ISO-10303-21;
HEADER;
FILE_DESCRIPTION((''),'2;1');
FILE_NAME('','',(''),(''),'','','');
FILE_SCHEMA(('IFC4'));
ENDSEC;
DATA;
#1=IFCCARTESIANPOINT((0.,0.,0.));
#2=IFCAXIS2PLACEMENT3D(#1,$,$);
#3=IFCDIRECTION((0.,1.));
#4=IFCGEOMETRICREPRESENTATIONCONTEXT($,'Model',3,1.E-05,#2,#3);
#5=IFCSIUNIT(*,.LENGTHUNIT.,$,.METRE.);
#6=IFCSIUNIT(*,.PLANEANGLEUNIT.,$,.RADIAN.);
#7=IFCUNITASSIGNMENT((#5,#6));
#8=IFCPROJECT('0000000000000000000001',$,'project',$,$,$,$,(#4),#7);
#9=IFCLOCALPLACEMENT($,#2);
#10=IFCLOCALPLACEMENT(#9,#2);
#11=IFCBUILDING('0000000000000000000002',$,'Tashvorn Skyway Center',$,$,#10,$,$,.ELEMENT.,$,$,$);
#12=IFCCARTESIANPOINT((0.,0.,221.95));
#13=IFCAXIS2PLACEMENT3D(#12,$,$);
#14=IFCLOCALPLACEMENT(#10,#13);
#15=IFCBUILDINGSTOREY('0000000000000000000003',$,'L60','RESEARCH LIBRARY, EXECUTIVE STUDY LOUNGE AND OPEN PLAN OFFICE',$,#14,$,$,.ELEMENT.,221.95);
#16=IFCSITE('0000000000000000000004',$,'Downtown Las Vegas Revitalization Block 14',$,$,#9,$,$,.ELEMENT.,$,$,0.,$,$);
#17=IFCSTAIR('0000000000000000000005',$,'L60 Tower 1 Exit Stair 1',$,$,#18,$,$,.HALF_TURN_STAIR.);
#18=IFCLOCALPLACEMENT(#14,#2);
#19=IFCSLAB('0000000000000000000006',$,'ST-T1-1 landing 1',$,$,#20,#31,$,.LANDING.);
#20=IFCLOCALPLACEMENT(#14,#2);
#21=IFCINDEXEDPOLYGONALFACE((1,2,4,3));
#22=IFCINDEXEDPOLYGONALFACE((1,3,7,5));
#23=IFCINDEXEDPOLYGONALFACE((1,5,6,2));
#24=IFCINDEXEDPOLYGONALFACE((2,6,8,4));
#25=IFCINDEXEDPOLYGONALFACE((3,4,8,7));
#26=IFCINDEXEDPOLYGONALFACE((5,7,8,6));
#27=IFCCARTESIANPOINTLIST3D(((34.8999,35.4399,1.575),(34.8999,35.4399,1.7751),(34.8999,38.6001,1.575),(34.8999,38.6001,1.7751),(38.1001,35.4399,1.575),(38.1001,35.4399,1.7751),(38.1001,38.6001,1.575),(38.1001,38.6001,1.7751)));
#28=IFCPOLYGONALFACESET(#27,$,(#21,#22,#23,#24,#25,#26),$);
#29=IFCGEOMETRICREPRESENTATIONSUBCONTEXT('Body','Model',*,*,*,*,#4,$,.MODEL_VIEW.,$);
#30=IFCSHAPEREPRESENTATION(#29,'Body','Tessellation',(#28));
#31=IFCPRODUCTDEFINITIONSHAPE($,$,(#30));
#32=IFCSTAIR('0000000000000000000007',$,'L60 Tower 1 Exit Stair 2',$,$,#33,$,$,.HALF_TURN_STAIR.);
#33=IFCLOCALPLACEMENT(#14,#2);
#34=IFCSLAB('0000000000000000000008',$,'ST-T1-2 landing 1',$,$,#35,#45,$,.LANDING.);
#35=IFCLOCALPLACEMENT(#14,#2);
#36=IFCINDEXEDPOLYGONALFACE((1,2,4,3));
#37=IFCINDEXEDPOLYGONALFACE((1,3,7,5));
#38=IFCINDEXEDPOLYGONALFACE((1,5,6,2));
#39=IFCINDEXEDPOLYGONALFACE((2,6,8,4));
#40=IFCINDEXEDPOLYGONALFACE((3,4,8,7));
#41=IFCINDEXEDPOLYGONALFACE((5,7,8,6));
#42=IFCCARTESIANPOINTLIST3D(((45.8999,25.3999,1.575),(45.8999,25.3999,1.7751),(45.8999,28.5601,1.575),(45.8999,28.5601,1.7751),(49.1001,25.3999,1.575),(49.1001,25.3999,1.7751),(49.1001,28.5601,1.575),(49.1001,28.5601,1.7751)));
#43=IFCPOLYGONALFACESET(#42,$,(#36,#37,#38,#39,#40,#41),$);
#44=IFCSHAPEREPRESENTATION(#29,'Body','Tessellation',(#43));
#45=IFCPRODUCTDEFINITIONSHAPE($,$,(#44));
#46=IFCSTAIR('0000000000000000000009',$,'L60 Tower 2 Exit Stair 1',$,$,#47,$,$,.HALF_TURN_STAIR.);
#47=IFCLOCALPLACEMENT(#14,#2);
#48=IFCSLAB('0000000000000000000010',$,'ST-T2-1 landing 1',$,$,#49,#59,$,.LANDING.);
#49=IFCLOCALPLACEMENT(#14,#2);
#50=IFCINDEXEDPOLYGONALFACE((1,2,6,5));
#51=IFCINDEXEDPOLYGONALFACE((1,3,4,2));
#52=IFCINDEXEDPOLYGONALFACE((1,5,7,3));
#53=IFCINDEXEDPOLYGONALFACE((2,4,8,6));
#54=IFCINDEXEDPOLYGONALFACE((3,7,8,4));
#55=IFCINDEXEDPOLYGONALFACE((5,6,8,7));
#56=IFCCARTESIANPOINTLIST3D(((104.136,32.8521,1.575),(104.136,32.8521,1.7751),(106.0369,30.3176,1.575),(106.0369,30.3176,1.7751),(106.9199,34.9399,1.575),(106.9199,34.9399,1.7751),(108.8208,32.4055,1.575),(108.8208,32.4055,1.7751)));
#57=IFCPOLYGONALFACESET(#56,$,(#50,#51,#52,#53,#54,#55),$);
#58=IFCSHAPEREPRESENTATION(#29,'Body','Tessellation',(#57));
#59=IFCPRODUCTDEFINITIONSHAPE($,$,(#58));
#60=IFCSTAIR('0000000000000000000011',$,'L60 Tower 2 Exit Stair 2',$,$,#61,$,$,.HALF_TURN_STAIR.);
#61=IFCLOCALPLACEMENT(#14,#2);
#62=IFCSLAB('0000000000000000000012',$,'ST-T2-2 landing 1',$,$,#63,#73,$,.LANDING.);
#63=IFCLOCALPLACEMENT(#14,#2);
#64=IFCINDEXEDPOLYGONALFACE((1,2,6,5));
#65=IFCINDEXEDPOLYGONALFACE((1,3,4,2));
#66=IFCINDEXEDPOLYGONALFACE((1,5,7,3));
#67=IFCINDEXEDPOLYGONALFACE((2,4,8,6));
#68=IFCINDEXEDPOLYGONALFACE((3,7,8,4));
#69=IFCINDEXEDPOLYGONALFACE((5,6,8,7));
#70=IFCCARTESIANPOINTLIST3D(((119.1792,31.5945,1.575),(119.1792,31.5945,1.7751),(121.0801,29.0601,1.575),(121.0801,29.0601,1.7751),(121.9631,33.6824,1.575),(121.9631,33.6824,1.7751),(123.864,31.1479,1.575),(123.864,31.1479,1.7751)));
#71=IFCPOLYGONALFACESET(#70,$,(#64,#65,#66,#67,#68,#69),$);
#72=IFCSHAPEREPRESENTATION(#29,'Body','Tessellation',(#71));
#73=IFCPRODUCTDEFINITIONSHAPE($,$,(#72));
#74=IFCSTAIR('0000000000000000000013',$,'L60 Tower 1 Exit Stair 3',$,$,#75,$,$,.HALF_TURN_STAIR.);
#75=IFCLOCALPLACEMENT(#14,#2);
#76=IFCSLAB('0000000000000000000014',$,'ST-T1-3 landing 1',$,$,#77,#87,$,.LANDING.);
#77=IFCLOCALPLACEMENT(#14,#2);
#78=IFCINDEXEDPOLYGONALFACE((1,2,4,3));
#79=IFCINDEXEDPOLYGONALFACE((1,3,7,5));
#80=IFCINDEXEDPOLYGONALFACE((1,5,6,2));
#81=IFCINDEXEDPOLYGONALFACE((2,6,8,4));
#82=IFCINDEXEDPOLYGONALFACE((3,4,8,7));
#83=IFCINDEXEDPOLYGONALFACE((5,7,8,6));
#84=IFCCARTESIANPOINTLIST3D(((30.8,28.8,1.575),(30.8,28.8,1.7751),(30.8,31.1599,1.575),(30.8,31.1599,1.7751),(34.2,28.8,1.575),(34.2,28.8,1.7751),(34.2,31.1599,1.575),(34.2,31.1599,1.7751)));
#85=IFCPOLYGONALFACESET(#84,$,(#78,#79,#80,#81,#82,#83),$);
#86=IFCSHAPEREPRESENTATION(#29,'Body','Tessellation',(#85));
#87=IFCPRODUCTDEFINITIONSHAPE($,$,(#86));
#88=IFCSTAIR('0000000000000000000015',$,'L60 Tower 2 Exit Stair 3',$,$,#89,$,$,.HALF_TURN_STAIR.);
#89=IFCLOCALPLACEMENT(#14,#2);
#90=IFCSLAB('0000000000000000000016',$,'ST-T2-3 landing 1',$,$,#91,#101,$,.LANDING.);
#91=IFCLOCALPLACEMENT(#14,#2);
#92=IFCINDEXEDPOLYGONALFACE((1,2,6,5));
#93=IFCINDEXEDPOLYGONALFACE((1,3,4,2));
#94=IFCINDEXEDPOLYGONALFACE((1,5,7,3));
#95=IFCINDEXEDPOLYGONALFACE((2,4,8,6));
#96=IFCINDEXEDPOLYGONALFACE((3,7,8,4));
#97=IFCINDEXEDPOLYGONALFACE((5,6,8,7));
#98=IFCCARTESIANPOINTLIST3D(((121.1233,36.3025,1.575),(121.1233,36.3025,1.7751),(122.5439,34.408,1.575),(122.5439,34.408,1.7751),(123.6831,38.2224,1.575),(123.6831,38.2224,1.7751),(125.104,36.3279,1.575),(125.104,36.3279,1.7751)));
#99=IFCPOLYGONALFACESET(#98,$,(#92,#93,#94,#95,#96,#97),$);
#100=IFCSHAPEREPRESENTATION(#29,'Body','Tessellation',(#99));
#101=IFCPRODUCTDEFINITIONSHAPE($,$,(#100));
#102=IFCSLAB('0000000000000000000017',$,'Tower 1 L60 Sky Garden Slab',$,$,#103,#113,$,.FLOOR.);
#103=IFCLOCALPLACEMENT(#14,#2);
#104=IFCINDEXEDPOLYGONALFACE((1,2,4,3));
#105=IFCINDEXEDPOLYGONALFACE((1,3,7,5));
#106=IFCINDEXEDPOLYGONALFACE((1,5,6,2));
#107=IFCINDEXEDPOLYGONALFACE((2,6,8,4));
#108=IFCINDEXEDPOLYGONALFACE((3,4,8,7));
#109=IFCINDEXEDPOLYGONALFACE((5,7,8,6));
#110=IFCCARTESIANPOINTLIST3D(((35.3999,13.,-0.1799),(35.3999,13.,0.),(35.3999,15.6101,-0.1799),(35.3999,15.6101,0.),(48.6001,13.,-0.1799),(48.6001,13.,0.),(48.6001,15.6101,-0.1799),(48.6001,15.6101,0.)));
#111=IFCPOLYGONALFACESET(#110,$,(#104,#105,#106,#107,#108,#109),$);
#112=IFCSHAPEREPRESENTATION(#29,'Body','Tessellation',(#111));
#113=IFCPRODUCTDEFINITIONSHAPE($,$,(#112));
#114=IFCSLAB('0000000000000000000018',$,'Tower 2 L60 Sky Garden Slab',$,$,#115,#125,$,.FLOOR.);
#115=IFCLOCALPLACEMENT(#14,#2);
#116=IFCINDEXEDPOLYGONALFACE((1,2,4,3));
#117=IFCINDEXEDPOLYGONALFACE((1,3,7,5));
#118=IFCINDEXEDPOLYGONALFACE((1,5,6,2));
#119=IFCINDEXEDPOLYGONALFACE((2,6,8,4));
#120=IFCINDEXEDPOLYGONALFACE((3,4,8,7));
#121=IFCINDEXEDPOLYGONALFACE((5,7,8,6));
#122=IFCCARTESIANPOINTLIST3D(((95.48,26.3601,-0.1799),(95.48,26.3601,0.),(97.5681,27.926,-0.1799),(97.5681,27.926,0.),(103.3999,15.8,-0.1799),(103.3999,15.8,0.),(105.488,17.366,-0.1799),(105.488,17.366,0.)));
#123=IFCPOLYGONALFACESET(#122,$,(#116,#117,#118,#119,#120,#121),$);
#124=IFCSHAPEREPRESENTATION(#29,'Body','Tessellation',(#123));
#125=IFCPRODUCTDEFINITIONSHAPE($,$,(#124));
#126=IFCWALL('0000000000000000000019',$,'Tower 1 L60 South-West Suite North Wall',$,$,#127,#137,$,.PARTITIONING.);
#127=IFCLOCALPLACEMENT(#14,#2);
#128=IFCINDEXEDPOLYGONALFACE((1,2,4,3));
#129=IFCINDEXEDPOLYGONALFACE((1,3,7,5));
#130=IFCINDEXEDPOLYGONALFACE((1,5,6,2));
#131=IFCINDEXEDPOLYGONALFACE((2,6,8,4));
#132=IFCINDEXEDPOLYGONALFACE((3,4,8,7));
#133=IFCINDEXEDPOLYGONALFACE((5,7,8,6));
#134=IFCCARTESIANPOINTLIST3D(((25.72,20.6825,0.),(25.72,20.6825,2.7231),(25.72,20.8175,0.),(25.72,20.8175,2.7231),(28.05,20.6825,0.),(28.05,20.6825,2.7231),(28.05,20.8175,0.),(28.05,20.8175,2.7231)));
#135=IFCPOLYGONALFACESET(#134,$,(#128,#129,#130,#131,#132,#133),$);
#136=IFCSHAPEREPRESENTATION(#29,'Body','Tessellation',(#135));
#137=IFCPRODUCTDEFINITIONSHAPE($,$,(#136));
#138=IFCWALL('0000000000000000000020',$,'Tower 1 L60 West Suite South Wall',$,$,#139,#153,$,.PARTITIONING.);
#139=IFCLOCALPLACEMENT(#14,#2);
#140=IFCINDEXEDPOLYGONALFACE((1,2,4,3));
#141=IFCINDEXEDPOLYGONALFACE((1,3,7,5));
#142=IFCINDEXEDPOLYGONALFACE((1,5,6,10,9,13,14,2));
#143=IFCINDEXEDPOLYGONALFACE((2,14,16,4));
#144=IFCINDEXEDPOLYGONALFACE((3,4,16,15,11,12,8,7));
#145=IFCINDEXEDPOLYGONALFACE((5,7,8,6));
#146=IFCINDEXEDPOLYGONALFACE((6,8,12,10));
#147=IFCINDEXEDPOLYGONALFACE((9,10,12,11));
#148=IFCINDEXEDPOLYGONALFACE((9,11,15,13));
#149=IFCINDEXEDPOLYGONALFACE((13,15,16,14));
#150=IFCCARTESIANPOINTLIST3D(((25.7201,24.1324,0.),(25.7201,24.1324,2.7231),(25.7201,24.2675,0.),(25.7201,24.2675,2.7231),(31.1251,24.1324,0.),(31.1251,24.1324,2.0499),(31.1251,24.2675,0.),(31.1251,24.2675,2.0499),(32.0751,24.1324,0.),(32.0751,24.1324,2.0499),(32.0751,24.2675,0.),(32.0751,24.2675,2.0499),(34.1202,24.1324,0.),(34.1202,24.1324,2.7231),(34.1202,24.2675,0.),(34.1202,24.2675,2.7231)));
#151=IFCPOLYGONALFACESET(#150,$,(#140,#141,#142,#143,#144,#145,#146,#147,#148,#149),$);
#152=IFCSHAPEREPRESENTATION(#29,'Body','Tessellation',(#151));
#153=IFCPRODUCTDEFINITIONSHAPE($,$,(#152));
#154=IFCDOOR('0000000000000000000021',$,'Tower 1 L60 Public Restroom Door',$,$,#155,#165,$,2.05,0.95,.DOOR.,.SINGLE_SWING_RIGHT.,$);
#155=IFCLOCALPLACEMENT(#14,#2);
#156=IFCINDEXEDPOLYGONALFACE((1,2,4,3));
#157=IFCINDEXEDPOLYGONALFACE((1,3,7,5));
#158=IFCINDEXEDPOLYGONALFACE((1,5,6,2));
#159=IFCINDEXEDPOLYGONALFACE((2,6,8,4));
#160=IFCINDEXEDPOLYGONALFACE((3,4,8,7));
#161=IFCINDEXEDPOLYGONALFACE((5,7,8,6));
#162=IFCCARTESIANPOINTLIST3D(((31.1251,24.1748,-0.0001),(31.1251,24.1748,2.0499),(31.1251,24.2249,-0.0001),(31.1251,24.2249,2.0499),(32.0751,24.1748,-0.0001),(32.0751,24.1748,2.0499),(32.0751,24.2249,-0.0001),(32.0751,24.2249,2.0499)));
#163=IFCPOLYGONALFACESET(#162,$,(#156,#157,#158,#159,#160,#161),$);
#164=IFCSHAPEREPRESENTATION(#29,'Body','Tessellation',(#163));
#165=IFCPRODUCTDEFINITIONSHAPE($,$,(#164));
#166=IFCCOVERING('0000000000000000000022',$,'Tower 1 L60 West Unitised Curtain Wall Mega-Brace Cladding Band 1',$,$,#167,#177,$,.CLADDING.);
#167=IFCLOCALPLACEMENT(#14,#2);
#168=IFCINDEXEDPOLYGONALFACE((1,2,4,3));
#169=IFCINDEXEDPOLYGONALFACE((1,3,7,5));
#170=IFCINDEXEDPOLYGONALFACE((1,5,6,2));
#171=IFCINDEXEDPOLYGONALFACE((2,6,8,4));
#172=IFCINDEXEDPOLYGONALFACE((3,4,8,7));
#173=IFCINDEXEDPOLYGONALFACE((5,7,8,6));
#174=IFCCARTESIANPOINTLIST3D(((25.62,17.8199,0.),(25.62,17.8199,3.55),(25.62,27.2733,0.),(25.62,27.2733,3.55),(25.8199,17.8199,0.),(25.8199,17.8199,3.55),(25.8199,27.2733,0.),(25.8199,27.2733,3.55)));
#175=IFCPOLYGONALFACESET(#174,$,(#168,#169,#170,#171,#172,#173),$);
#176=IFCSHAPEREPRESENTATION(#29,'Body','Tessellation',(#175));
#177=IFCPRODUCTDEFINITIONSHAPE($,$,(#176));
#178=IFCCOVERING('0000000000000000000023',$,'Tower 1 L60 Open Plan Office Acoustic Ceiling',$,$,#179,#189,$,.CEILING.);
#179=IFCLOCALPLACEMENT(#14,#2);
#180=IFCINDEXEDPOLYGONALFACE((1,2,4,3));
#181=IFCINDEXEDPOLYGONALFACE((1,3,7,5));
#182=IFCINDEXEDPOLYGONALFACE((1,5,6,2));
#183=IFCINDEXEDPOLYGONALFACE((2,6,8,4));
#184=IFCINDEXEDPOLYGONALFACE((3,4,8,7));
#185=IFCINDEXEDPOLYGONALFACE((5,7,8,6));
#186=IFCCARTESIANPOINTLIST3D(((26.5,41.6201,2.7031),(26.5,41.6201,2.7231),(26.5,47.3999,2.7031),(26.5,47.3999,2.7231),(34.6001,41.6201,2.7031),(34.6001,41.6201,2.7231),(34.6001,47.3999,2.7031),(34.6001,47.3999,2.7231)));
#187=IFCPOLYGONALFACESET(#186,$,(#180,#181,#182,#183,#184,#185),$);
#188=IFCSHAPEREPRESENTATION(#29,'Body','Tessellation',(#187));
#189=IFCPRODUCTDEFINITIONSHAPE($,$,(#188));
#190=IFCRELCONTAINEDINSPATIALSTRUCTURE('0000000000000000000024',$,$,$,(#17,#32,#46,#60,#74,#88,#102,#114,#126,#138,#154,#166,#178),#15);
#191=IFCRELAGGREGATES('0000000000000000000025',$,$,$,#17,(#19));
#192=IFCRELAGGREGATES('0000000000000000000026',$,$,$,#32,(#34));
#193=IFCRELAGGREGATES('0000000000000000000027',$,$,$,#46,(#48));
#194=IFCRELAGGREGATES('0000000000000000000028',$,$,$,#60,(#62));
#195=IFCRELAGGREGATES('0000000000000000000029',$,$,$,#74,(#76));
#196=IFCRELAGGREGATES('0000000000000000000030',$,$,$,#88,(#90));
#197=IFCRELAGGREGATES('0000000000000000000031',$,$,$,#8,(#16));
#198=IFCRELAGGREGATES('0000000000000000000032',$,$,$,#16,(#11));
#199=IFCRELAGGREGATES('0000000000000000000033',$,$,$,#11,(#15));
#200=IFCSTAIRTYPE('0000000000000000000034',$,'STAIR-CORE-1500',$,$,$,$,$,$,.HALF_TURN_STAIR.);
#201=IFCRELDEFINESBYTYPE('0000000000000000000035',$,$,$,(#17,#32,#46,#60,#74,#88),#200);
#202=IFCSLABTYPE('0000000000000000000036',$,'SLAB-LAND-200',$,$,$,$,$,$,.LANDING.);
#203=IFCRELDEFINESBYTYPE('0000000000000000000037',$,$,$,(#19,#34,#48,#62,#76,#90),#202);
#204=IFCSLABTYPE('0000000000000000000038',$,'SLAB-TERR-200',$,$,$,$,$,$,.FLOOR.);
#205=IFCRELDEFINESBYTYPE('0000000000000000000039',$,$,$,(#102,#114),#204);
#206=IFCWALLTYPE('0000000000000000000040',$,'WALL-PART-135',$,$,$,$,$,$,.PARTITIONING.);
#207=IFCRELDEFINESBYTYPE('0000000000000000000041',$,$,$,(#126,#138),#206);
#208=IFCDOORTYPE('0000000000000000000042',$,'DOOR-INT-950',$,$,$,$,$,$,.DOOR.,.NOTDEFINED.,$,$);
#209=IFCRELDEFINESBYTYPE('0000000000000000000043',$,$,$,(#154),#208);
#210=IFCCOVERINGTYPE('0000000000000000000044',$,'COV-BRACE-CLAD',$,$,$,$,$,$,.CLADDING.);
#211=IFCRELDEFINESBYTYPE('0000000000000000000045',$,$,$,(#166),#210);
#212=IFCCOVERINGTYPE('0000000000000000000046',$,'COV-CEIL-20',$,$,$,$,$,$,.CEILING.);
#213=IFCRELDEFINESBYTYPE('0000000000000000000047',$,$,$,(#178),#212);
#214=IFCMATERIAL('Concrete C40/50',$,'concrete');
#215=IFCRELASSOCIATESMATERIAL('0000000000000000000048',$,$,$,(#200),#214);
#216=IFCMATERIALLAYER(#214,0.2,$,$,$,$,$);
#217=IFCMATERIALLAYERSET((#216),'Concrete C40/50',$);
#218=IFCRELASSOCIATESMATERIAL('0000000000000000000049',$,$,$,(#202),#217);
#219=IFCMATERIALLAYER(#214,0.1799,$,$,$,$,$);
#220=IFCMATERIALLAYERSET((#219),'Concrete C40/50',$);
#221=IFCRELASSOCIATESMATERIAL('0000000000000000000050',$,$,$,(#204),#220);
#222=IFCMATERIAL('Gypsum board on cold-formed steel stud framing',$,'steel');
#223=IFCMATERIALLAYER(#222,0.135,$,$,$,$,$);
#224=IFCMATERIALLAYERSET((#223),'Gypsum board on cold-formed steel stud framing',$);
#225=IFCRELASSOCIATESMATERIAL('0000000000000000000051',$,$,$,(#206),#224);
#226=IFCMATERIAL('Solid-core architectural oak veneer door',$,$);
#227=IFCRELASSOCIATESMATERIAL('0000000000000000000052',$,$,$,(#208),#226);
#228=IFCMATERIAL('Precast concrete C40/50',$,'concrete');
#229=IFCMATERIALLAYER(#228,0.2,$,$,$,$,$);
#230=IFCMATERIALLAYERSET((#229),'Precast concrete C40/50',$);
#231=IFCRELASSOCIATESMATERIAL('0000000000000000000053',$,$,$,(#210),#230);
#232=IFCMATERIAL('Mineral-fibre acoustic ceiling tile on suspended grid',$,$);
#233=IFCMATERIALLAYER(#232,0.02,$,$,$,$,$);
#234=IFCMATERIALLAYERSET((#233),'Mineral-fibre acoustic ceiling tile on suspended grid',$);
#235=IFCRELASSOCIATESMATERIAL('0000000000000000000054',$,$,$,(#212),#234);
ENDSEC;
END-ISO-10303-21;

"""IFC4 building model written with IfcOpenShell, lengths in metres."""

from ifc_helpers import new_model, si_unit, direction, frame, frame_2d, origin, origin_2d, place, context, subcontext, project, spatial, polyline, rectangle, outline, extrude, material, layer, layer_set, type_object, element, fill, aggregate, save


model = new_model("IFC4")

# Units and contexts
model_context = context("Model", 3, precision=1e-05, world=origin(), true_north=direction((0.0, 1.0)))
body_context = subcontext(model_context, "Body", "Model", "MODEL_VIEW")
ifc_project = project(units=[si_unit("LENGTHUNIT", "METRE"), si_unit("PLANEANGLEUNIT", "RADIAN")], contexts=[model_context])

# Site, building, storey
site_placement = place(None, origin())
site = spatial("IfcSite", under=ifc_project, at=site_placement, Name="Downtown Las Vegas Revitalization Block 14", CompositionType="ELEMENT", RefElevation=0.0)
building_placement = place(site_placement, origin())
building = spatial("IfcBuilding", under=site, at=building_placement, Name="Tashvorn Skyway Center", CompositionType="ELEMENT")
storey_placement = place(building_placement, frame((0.0, 0.0, 221.95)))
storey = spatial("IfcBuildingStorey", under=building, at=storey_placement, Name="L60", Description="RESEARCH LIBRARY, EXECUTIVE STUDY LOUNGE AND OPEN PLAN OFFICE", CompositionType="ELEMENT", Elevation=221.95)

# Shared definitions
ifc_material_1 = material(Name="Concrete C40/50", Category="concrete")

# Stairs, slabs
stair_type = type_object("IfcStairType", Name="STAIR-CORE-1500", PredefinedType="HALF_TURN_STAIR", material=ifc_material_1)
stair_1_placement = place(storey_placement, origin())
stair_1 = element("IfcStair", 1, at=stair_1_placement, inside=storey, type_object=stair_type, Name="L60 Tower 1 Exit Stair 1", PredefinedType="HALF_TURN_STAIR")
ifc_layer_1 = layer(ifc_material_1, 0.2)
ifc_layer_set_1 = layer_set([ifc_layer_1], Name="Concrete C40/50")
slab_type_1 = type_object("IfcSlabType", Name="SLAB-LAND-200", PredefinedType="LANDING", material=ifc_layer_set_1)
slab_1_placement = place(storey_placement, frame((0.0, 0.0, 1.575)))
slab_1 = element("IfcSlab", 2, at=slab_1_placement, type_object=slab_type_1, Name="ST-T1-1 landing 1", PredefinedType="LANDING", context=body_context, shape_type="SweptSolid", body=[
    extrude(outline(polyline([(38.1001, 35.4399), (38.1001, 38.6001), (34.8999, 38.6001), (34.8999, 35.4399), (38.1001, 35.4399)])), origin(), (0.0, 0.0, 1.0), 0.2002),
])
aggregate(stair_1, [slab_1])
stair_2_placement = place(storey_placement, origin())
stair_2 = element("IfcStair", 3, at=stair_2_placement, inside=storey, type_object=stair_type, Name="L60 Tower 1 Exit Stair 2", PredefinedType="HALF_TURN_STAIR")
slab_2_placement = place(storey_placement, frame((0.0, 0.0, 1.575)))
slab_2 = element("IfcSlab", 4, at=slab_2_placement, type_object=slab_type_1, Name="ST-T1-2 landing 1", PredefinedType="LANDING", context=body_context, shape_type="SweptSolid", body=[
    extrude(outline(polyline([(45.8999, 28.5601), (45.8999, 25.3999), (49.1001, 25.3999), (49.1001, 28.5601), (45.8999, 28.5601)])), origin(), (0.0, 0.0, 1.0), 0.2002),
])
aggregate(stair_2, [slab_2])
stair_3_placement = place(storey_placement, origin())
stair_3 = element("IfcStair", 5, at=stair_3_placement, inside=storey, type_object=stair_type, Name="L60 Tower 2 Exit Stair 1", PredefinedType="HALF_TURN_STAIR")
slab_3_placement = place(storey_placement, frame((0.0, 0.0, 1.575)))
slab_3 = element("IfcSlab", 6, at=slab_3_placement, type_object=slab_type_1, Name="ST-T2-1 landing 1", PredefinedType="LANDING", context=body_context, shape_type="SweptSolid", body=[
    extrude(outline(polyline([(108.8208, 32.4055), (106.9199, 34.9399), (104.136, 32.8521), (106.0369, 30.3176), (108.8208, 32.4055)])), origin(), (0.0, 0.0, 1.0), 0.2002),
])
aggregate(stair_3, [slab_3])
stair_4_placement = place(storey_placement, origin())
stair_4 = element("IfcStair", 7, at=stair_4_placement, inside=storey, type_object=stair_type, Name="L60 Tower 2 Exit Stair 2", PredefinedType="HALF_TURN_STAIR")
slab_4_placement = place(storey_placement, frame((0.0, 0.0, 1.575)))
slab_4 = element("IfcSlab", 8, at=slab_4_placement, type_object=slab_type_1, Name="ST-T2-2 landing 1", PredefinedType="LANDING", context=body_context, shape_type="SweptSolid", body=[
    extrude(outline(polyline([(119.1792, 31.5945), (121.0801, 29.0601), (123.864, 31.1479), (121.9631, 33.6824), (119.1792, 31.5945)])), origin(), (0.0, 0.0, 1.0), 0.2002),
])
aggregate(stair_4, [slab_4])
stair_5_placement = place(storey_placement, origin())
stair_5 = element("IfcStair", 9, at=stair_5_placement, inside=storey, type_object=stair_type, Name="L60 Tower 1 Exit Stair 3", PredefinedType="HALF_TURN_STAIR")
slab_5_placement = place(storey_placement, frame((0.0, 0.0, 1.575)))
slab_5 = element("IfcSlab", 10, at=slab_5_placement, type_object=slab_type_1, Name="ST-T1-3 landing 1", PredefinedType="LANDING", context=body_context, shape_type="SweptSolid", body=[
    extrude(outline(polyline([(30.8, 31.1599), (30.8, 28.8), (34.2, 28.8), (34.2, 31.1599), (30.8, 31.1599)])), origin(), (0.0, 0.0, 1.0), 0.2002),
])
aggregate(stair_5, [slab_5])
stair_6_placement = place(storey_placement, origin())
stair_6 = element("IfcStair", 11, at=stair_6_placement, inside=storey, type_object=stair_type, Name="L60 Tower 2 Exit Stair 3", PredefinedType="HALF_TURN_STAIR")
slab_6_placement = place(storey_placement, frame((0.0, 0.0, 1.575)))
slab_6 = element("IfcSlab", 12, at=slab_6_placement, type_object=slab_type_1, Name="ST-T2-3 landing 1", PredefinedType="LANDING", context=body_context, shape_type="SweptSolid", body=[
    extrude(outline(polyline([(121.1233, 36.3025), (122.5439, 34.408), (125.104, 36.3279), (123.6831, 38.2224), (121.1233, 36.3025)])), origin(), (0.0, 0.0, 1.0), 0.2002),
])
aggregate(stair_6, [slab_6])

# Slabs
ifc_layer_2 = layer(ifc_material_1, 0.1799)
ifc_layer_set_2 = layer_set([ifc_layer_2], Name="Concrete C40/50")
slab_type_2 = type_object("IfcSlabType", Name="SLAB-TERR-200", PredefinedType="FLOOR", material=ifc_layer_set_2)
slab_7_placement = place(storey_placement, frame((0.0, 0.0, -0.1799)))
element("IfcSlab", 13, at=slab_7_placement, inside=storey, type_object=slab_type_2, Name="Tower 1 L60 Sky Garden Slab", PredefinedType="FLOOR", context=body_context, shape_type="SweptSolid", body=[
    extrude(outline(polyline([(35.3999, 13.0), (48.6001, 13.0), (48.6001, 15.6101), (35.3999, 15.6101), (35.3999, 13.0)])), origin(), (0.0, 0.0, 1.0), 0.1799),
])
slab_8_placement = place(storey_placement, frame((0.0, 0.0, -0.1799)))
element("IfcSlab", 14, at=slab_8_placement, inside=storey, type_object=slab_type_2, Name="Tower 2 L60 Sky Garden Slab", PredefinedType="FLOOR", context=body_context, shape_type="SweptSolid", body=[
    extrude(outline(polyline([(103.3999, 15.8), (105.488, 17.366), (97.5681, 27.926), (95.48, 26.3601), (103.3999, 15.8)])), origin(), (0.0, 0.0, 1.0), 0.1799),
])

# Wall
ifc_material_2 = material(Name="Gypsum board on cold-formed steel stud framing", Category="steel")
ifc_layer_3 = layer(ifc_material_2, 0.135)
ifc_layer_set_3 = layer_set([ifc_layer_3], Name="Gypsum board on cold-formed steel stud framing")
wall_type = type_object("IfcWallType", Name="WALL-PART-135", PredefinedType="PARTITIONING", material=ifc_layer_set_3)
wall_1_placement = place(storey_placement, frame((25.72, 20.75, 0.0), z_axis=(0.0, 0.0, 1.0), x_axis=(1.0, 0.0, 0.0)))
element("IfcWall", 15, at=wall_1_placement, inside=storey, type_object=wall_type, Name="Tower 1 L60 South-West Suite North Wall", PredefinedType="PARTITIONING", context=body_context, shape_type="SweptSolid", body=[
    extrude(rectangle(XDim=2.3301, YDim=0.135, at=frame_2d((1.165, 0.0))), origin(), (0.0, 0.0, 1.0), 2.7231),
])

# Wall, opening, door
wall_2_placement = place(storey_placement, frame((25.72, 24.2, 0.0), z_axis=(0.0, 0.0, 1.0), x_axis=(1.0, 0.0, 0.0)))
wall_2 = element("IfcWall", 16, at=wall_2_placement, inside=storey, type_object=wall_type, Name="Tower 1 L60 West Suite South Wall", PredefinedType="PARTITIONING", context=body_context, shape_type="SweptSolid", body=[
    extrude(rectangle(XDim=8.4001, YDim=0.135, at=frame_2d((4.2002, 0.0))), origin(), (0.0, 0.0, 1.0), 2.7231),
])
opening_placement = place(wall_2_placement, frame((5.405, 0.0, 0.0)))
opening = element("IfcOpeningElement", 17, at=opening_placement, cuts=wall_2, PredefinedType="OPENING", context=body_context, shape_type="SweptSolid", body=[
    extrude(rectangle(XDim=0.95, YDim=2.05, at=frame_2d((0.4751, 1.0249))), frame((0.0, 0.0774, 0.0), z_axis=(0.0, -1.0, 0.0), x_axis=(1.0, 0.0, 0.0)), (0.0, 0.0, 1.0), 0.155),
])
ifc_material_3 = material(Name="Solid-core architectural oak veneer door")
door_type = type_object("IfcDoorType", Name="DOOR-INT-950", OperationType="NOTDEFINED", PredefinedType="DOOR", material=ifc_material_3)
door_placement = place(opening_placement, origin())
door = element("IfcDoor", 18, at=door_placement, inside=storey, type_object=door_type, Name="Tower 1 L60 Public Restroom Door", OperationType="SINGLE_SWING_RIGHT", OverallHeight=2.05, OverallWidth=0.95, PredefinedType="DOOR", context=body_context, shape_type="SweptSolid", body=[
    extrude(rectangle(XDim=0.95, YDim=2.05, at=frame_2d((0.4751, 1.0249))), frame((0.0, 0.0249, 0.0), z_axis=(0.0, -1.0, 0.0), x_axis=(1.0, 0.0, 0.0)), (0.0, 0.0, 1.0), 0.05),
])
fill(opening, door)

# Coverings
ifc_material_4 = material(Name="Precast concrete C40/50", Category="concrete")
ifc_layer_4 = layer(ifc_material_4, 0.2)
ifc_layer_set_4 = layer_set([ifc_layer_4], Name="Precast concrete C40/50")
covering_type_1 = type_object("IfcCoveringType", Name="COV-BRACE-CLAD", PredefinedType="CLADDING", material=ifc_layer_set_4)
covering_1_placement = place(storey_placement, frame((25.72, 22.5466, 0.0), z_axis=(0.0, 0.0, 1.0), x_axis=(0.0, 1.0, 0.0)))
element("IfcCovering", 19, at=covering_1_placement, inside=storey, type_object=covering_type_1, Name="Tower 1 L60 West Unitised Curtain Wall Mega-Brace Cladding Band 1", PredefinedType="CLADDING", context=body_context, shape_type="SweptSolid", body=[
    extrude(rectangle(XDim=9.4534, YDim=0.2, at=origin_2d()), origin(), (0.0, 0.0, 1.0), 3.55),
])
ifc_material_5 = material(Name="Mineral-fibre acoustic ceiling tile on suspended grid")
ifc_layer_5 = layer(ifc_material_5, 0.02)
ifc_layer_set_5 = layer_set([ifc_layer_5], Name="Mineral-fibre acoustic ceiling tile on suspended grid")
covering_type_2 = type_object("IfcCoveringType", Name="COV-CEIL-20", PredefinedType="CEILING", material=ifc_layer_set_5)
covering_2_placement = place(storey_placement, frame((0.0, 0.0, 2.7031)))
element("IfcCovering", 20, at=covering_2_placement, inside=storey, type_object=covering_type_2, Name="Tower 1 L60 Open Plan Office Acoustic Ceiling", PredefinedType="CEILING", context=body_context, shape_type="SweptSolid", body=[
    extrude(outline(polyline([(26.5, 41.6201), (34.6001, 41.6201), (34.6001, 47.3999), (26.5, 47.3999), (26.5, 41.6201)])), origin(), (0.0, 0.0, 1.0), 0.02),
])

save(model, "model.ifc")
